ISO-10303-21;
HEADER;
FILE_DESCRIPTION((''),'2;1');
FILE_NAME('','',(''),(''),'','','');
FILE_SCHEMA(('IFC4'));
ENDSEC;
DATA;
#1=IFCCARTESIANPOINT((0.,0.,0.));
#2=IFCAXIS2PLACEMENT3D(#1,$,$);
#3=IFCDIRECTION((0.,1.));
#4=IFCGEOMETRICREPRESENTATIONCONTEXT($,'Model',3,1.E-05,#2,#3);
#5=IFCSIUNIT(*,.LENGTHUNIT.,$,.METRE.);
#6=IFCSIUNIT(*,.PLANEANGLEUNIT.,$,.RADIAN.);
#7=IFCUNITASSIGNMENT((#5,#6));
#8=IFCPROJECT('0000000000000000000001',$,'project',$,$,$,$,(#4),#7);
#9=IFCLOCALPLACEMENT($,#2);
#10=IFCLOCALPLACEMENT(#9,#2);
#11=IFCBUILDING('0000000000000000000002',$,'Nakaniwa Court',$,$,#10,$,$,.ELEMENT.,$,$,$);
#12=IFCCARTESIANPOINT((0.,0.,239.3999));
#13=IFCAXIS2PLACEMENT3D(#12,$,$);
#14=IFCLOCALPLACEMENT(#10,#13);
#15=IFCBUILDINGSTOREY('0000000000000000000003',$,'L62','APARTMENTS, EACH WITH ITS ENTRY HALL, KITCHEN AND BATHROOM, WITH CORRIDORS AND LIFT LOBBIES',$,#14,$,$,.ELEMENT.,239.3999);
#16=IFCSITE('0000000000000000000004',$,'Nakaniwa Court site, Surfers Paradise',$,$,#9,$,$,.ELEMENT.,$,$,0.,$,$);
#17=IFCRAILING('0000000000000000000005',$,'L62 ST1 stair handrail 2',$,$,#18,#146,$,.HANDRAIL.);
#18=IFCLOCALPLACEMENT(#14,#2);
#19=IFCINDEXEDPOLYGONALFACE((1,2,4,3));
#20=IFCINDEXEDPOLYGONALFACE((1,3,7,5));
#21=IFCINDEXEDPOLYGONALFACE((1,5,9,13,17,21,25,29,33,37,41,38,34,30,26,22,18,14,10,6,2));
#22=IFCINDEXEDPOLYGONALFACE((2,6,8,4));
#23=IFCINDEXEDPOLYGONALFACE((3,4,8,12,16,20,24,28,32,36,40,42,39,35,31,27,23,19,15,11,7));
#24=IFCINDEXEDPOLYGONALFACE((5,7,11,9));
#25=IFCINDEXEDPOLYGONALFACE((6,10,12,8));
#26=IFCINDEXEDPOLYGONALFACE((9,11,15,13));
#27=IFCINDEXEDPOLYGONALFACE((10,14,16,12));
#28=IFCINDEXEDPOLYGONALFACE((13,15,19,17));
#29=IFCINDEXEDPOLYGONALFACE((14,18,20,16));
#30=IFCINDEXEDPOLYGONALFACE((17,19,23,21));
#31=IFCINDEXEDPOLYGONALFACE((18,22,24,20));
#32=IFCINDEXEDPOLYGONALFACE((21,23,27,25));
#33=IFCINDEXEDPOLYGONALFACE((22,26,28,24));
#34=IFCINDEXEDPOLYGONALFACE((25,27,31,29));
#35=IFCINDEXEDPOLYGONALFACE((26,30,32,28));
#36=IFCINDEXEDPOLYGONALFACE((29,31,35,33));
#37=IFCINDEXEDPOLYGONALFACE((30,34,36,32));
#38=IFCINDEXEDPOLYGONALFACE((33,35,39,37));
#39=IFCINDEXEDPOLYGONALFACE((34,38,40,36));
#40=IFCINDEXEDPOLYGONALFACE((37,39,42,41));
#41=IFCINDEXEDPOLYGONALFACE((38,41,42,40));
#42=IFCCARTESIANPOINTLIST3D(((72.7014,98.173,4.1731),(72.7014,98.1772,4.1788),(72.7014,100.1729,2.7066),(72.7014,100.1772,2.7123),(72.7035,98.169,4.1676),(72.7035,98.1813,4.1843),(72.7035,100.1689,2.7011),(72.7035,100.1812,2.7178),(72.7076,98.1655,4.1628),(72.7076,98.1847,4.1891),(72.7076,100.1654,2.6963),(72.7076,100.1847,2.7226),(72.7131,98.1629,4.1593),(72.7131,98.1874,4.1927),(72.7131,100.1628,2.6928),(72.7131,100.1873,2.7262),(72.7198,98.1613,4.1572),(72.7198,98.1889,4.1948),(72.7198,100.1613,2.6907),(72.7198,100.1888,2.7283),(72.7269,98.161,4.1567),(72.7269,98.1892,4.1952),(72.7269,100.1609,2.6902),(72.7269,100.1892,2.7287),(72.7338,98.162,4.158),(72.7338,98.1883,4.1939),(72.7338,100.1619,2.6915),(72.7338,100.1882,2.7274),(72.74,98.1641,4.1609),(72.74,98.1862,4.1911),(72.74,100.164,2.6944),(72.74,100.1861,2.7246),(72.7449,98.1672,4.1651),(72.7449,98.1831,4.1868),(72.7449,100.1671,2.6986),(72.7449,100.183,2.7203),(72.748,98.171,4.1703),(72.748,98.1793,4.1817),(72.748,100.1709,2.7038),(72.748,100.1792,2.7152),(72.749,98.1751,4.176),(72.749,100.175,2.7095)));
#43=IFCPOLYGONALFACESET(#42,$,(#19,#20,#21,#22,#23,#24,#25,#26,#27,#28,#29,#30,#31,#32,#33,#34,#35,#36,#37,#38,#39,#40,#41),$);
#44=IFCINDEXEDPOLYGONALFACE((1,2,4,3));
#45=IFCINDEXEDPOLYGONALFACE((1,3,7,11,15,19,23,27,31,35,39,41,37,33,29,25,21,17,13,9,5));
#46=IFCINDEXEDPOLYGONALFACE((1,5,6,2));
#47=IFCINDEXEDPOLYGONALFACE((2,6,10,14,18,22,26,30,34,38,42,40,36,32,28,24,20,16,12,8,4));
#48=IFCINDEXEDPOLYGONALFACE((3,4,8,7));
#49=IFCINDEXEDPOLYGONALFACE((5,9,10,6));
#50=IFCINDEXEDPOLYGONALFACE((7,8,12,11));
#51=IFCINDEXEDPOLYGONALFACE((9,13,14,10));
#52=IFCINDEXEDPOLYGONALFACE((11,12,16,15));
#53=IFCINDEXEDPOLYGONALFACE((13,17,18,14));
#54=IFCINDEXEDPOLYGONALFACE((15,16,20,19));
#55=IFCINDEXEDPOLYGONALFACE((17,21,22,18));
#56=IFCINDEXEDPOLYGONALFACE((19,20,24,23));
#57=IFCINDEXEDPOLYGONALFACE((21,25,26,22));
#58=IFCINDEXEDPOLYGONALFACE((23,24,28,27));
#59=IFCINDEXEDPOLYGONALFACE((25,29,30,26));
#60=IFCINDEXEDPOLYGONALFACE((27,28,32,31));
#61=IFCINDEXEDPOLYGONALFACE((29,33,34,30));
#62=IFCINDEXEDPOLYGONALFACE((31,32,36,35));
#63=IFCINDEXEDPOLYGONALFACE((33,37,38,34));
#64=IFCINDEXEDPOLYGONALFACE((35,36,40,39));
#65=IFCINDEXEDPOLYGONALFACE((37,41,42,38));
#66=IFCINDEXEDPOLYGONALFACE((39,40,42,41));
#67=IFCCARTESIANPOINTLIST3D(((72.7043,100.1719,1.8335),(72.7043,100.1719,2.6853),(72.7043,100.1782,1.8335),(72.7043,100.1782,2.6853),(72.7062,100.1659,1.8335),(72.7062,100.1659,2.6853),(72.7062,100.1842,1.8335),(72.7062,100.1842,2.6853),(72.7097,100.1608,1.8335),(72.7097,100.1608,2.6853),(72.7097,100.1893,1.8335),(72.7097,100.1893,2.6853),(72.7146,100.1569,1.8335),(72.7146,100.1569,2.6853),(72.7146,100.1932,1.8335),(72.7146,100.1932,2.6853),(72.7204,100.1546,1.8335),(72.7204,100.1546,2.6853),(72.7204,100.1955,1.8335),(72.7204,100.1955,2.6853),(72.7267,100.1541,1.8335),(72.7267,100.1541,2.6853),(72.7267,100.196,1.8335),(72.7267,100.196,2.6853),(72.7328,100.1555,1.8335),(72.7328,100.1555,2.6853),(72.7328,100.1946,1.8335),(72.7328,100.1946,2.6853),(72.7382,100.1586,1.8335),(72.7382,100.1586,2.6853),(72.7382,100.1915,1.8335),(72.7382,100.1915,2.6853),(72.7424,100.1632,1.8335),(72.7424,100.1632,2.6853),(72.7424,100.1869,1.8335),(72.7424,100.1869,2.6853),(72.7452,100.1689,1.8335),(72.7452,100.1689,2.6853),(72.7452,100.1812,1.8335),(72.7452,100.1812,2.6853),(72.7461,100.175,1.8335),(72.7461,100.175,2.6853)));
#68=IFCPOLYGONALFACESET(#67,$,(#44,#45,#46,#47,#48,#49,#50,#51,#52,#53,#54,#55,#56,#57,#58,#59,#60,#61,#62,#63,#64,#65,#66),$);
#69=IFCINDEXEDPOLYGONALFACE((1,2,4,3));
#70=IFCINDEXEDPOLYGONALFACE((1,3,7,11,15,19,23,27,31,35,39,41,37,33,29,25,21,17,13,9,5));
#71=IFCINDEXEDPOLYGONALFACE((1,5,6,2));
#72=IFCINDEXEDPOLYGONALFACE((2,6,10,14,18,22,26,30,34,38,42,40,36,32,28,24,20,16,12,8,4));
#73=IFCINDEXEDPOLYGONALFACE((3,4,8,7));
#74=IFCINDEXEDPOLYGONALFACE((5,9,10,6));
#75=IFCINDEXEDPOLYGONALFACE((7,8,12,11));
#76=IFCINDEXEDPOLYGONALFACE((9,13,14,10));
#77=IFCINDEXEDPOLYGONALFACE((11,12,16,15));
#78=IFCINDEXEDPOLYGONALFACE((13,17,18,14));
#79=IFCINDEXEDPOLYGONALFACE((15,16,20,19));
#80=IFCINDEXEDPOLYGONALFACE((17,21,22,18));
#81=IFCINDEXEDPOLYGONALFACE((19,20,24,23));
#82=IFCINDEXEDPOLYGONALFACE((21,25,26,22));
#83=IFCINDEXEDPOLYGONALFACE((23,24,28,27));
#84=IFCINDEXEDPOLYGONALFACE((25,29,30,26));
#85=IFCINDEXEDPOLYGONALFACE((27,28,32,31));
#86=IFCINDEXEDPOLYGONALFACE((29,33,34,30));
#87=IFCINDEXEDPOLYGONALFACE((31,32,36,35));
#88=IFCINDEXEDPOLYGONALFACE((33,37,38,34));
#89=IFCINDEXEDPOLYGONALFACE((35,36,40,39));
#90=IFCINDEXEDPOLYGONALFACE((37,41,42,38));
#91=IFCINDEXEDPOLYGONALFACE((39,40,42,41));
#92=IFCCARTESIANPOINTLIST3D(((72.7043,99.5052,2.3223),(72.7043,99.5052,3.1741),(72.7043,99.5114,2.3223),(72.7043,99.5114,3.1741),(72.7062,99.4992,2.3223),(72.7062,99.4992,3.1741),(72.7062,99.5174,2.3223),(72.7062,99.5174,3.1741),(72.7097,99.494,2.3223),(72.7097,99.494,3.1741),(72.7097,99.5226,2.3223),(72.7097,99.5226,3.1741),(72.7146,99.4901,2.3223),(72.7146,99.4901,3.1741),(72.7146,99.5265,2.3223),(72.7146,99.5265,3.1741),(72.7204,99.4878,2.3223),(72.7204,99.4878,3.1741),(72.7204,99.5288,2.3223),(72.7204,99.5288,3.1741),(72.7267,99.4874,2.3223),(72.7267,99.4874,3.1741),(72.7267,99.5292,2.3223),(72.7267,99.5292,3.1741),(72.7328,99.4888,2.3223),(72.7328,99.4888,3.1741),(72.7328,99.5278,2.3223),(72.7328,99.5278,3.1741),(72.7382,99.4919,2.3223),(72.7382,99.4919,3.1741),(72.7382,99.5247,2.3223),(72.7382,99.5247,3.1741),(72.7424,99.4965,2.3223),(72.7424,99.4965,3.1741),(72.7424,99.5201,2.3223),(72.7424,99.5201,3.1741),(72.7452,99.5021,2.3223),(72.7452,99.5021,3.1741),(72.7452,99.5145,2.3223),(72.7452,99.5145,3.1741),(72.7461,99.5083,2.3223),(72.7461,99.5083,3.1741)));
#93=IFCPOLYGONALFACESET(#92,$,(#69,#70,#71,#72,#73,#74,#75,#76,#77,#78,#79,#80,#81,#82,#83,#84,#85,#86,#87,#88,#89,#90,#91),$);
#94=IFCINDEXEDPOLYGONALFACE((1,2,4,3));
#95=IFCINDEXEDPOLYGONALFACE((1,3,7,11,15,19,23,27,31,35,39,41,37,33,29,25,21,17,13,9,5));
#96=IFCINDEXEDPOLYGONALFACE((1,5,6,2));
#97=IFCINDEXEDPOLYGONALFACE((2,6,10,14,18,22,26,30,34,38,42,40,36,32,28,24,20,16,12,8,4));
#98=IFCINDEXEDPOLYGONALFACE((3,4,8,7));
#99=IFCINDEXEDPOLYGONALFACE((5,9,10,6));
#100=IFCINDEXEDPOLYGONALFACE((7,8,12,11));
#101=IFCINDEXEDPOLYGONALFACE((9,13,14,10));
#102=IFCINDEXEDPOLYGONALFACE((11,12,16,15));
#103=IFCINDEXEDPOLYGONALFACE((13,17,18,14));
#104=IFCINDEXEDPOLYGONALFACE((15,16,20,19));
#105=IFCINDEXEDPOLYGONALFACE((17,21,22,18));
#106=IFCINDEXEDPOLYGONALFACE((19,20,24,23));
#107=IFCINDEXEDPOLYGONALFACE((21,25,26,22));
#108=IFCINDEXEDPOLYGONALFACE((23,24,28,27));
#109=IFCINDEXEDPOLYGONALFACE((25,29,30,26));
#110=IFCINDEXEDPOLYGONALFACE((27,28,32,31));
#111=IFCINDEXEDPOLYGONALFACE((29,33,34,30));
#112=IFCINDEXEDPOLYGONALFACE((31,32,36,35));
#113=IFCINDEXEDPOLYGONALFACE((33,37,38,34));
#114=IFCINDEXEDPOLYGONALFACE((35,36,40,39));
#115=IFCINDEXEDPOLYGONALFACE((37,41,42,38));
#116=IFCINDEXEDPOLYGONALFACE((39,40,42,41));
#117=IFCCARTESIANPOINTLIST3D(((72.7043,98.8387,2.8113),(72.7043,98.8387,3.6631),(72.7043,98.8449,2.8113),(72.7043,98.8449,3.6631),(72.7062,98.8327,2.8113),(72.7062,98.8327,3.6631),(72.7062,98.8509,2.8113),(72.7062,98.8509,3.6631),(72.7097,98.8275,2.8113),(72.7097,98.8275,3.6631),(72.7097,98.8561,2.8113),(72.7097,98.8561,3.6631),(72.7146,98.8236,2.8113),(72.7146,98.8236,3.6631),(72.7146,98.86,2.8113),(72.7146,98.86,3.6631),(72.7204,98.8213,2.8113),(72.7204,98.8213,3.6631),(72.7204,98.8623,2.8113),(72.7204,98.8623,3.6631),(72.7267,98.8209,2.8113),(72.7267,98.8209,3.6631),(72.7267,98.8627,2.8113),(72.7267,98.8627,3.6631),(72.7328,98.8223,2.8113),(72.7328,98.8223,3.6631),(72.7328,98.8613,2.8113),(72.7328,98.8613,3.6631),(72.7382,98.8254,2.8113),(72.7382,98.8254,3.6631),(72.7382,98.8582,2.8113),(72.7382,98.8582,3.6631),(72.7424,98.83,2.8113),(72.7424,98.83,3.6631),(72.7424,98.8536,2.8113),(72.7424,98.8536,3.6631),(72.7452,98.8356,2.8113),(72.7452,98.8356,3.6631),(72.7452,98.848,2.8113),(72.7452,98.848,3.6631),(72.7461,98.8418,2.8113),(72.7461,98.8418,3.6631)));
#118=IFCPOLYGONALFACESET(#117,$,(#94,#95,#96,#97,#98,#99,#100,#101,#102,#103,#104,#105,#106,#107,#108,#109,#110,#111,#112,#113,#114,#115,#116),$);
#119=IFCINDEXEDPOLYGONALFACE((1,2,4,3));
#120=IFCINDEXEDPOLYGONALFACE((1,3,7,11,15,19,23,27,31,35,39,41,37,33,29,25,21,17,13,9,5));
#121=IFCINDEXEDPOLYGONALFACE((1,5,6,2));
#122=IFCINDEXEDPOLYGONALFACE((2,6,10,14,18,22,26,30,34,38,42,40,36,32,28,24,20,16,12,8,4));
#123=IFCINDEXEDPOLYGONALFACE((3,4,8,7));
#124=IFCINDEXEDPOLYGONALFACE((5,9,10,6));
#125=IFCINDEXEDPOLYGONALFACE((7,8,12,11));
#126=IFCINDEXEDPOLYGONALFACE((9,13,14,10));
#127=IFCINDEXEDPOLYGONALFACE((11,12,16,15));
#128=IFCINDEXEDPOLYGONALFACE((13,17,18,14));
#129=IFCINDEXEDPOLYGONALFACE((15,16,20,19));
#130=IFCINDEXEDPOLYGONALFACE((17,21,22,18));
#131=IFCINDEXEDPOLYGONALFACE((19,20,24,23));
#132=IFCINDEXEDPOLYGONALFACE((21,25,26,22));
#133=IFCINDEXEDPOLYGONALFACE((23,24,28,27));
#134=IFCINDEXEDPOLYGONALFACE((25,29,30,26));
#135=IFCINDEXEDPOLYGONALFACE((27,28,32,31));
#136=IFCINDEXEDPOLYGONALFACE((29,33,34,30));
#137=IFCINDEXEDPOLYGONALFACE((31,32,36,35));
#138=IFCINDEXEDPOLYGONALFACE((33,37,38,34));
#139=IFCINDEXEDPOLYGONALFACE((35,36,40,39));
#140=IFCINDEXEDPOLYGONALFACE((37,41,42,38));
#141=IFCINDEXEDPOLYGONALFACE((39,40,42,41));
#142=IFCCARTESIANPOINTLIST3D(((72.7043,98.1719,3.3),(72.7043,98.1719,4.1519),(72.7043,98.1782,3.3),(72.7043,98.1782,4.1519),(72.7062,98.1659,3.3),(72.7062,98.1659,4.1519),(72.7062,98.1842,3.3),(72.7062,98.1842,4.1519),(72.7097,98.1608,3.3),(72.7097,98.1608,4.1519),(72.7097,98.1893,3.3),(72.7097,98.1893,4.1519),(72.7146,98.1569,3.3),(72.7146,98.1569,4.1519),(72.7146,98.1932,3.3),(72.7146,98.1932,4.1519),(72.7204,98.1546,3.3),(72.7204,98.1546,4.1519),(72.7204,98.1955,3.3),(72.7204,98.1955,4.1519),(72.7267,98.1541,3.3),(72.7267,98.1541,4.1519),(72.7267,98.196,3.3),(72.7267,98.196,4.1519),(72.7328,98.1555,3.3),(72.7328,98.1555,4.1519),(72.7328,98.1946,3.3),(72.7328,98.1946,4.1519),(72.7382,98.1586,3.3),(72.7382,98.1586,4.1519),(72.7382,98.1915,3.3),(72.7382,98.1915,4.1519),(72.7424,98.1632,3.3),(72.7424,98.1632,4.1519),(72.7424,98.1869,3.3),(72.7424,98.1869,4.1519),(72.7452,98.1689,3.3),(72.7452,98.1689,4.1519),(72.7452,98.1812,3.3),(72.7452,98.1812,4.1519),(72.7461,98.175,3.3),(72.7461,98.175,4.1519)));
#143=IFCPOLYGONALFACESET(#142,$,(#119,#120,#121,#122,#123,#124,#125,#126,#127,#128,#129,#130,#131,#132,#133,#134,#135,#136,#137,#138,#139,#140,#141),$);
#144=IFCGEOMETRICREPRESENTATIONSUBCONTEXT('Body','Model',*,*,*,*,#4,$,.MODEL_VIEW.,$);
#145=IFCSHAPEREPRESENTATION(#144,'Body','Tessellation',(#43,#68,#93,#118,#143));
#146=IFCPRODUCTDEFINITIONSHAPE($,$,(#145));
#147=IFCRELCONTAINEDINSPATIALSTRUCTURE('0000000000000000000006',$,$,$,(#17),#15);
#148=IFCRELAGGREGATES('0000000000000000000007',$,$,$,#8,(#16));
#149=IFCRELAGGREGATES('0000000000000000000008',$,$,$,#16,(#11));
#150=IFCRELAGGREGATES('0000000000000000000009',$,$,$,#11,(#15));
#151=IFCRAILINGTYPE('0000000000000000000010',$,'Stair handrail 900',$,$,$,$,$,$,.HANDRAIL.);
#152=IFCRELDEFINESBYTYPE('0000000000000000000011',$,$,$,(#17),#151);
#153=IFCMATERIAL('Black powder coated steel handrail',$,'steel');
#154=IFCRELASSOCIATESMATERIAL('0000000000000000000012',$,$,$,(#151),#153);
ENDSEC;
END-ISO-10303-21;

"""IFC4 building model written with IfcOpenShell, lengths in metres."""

from ifc_helpers import new_model, si_unit, direction, frame, origin, origin_2d, place, context, subcontext, project, spatial, circle, extrude, material, type_object, element, save


model = new_model("IFC4")

# Units and contexts
model_context = context("Model", 3, precision=1e-05, world=origin(), true_north=direction((0.0, 1.0)))
body_context = subcontext(model_context, "Body", "Model", "MODEL_VIEW")
ifc_project = project(units=[si_unit("LENGTHUNIT", "METRE"), si_unit("PLANEANGLEUNIT", "RADIAN")], contexts=[model_context])

# Site, building, storey
site_placement = place(None, origin())
site = spatial("IfcSite", under=ifc_project, at=site_placement, Name="Nakaniwa Court site, Surfers Paradise", CompositionType="ELEMENT", RefElevation=0.0)
building_placement = place(site_placement, origin())
building = spatial("IfcBuilding", under=site, at=building_placement, Name="Nakaniwa Court", CompositionType="ELEMENT")
storey_placement = place(building_placement, frame((0.0, 0.0, 239.3999)))
storey = spatial("IfcBuildingStorey", under=building, at=storey_placement, Name="L62", Description="APARTMENTS, EACH WITH ITS ENTRY HALL, KITCHEN AND BATHROOM, WITH CORRIDORS AND LIFT LOBBIES", CompositionType="ELEMENT", Elevation=239.3999)

# Railing
ifc_material_1 = material(Name="Black powder coated steel handrail", Category="steel")
railing_type_1 = type_object("IfcRailingType", Name="Stair handrail 900", PredefinedType="HANDRAIL", material=ifc_material_1)
railing_1_placement = place(storey_placement, frame((72.7251, 100.175, 1.8335)))
element("IfcRailing", 1, at=railing_1_placement, inside=storey, type_object=railing_type_1, Name="L62 ST1 stair handrail 2", PredefinedType="HANDRAIL", context=body_context, shape_type="SweptSolid", body=[
    extrude(circle(Radius=0.0239, at=origin_2d()), frame((0.0, 0.0, 0.876), z_axis=(0.0, -0.806427, 0.591334), x_axis=(1.0, 0.0, 0.0)), (0.0, 0.0, 1.0), 2.48),
    extrude(circle(Radius=0.021, at=origin_2d()), origin(), (0.0, 0.0, 1.0), 0.8518),
    extrude(circle(Radius=0.021, at=origin_2d()), frame((0.0, -0.6667, 0.4888)), (0.0, 0.0, 1.0), 0.8518),
    extrude(circle(Radius=0.021, at=origin_2d()), frame((0.0, -1.3333, 0.9778)), (0.0, 0.0, 1.0), 0.8518),
    extrude(circle(Radius=0.021, at=origin_2d()), frame((0.0, -2.0, 1.4666)), (0.0, 0.0, 1.0), 0.8518),
])

save(model, "model.ifc")
